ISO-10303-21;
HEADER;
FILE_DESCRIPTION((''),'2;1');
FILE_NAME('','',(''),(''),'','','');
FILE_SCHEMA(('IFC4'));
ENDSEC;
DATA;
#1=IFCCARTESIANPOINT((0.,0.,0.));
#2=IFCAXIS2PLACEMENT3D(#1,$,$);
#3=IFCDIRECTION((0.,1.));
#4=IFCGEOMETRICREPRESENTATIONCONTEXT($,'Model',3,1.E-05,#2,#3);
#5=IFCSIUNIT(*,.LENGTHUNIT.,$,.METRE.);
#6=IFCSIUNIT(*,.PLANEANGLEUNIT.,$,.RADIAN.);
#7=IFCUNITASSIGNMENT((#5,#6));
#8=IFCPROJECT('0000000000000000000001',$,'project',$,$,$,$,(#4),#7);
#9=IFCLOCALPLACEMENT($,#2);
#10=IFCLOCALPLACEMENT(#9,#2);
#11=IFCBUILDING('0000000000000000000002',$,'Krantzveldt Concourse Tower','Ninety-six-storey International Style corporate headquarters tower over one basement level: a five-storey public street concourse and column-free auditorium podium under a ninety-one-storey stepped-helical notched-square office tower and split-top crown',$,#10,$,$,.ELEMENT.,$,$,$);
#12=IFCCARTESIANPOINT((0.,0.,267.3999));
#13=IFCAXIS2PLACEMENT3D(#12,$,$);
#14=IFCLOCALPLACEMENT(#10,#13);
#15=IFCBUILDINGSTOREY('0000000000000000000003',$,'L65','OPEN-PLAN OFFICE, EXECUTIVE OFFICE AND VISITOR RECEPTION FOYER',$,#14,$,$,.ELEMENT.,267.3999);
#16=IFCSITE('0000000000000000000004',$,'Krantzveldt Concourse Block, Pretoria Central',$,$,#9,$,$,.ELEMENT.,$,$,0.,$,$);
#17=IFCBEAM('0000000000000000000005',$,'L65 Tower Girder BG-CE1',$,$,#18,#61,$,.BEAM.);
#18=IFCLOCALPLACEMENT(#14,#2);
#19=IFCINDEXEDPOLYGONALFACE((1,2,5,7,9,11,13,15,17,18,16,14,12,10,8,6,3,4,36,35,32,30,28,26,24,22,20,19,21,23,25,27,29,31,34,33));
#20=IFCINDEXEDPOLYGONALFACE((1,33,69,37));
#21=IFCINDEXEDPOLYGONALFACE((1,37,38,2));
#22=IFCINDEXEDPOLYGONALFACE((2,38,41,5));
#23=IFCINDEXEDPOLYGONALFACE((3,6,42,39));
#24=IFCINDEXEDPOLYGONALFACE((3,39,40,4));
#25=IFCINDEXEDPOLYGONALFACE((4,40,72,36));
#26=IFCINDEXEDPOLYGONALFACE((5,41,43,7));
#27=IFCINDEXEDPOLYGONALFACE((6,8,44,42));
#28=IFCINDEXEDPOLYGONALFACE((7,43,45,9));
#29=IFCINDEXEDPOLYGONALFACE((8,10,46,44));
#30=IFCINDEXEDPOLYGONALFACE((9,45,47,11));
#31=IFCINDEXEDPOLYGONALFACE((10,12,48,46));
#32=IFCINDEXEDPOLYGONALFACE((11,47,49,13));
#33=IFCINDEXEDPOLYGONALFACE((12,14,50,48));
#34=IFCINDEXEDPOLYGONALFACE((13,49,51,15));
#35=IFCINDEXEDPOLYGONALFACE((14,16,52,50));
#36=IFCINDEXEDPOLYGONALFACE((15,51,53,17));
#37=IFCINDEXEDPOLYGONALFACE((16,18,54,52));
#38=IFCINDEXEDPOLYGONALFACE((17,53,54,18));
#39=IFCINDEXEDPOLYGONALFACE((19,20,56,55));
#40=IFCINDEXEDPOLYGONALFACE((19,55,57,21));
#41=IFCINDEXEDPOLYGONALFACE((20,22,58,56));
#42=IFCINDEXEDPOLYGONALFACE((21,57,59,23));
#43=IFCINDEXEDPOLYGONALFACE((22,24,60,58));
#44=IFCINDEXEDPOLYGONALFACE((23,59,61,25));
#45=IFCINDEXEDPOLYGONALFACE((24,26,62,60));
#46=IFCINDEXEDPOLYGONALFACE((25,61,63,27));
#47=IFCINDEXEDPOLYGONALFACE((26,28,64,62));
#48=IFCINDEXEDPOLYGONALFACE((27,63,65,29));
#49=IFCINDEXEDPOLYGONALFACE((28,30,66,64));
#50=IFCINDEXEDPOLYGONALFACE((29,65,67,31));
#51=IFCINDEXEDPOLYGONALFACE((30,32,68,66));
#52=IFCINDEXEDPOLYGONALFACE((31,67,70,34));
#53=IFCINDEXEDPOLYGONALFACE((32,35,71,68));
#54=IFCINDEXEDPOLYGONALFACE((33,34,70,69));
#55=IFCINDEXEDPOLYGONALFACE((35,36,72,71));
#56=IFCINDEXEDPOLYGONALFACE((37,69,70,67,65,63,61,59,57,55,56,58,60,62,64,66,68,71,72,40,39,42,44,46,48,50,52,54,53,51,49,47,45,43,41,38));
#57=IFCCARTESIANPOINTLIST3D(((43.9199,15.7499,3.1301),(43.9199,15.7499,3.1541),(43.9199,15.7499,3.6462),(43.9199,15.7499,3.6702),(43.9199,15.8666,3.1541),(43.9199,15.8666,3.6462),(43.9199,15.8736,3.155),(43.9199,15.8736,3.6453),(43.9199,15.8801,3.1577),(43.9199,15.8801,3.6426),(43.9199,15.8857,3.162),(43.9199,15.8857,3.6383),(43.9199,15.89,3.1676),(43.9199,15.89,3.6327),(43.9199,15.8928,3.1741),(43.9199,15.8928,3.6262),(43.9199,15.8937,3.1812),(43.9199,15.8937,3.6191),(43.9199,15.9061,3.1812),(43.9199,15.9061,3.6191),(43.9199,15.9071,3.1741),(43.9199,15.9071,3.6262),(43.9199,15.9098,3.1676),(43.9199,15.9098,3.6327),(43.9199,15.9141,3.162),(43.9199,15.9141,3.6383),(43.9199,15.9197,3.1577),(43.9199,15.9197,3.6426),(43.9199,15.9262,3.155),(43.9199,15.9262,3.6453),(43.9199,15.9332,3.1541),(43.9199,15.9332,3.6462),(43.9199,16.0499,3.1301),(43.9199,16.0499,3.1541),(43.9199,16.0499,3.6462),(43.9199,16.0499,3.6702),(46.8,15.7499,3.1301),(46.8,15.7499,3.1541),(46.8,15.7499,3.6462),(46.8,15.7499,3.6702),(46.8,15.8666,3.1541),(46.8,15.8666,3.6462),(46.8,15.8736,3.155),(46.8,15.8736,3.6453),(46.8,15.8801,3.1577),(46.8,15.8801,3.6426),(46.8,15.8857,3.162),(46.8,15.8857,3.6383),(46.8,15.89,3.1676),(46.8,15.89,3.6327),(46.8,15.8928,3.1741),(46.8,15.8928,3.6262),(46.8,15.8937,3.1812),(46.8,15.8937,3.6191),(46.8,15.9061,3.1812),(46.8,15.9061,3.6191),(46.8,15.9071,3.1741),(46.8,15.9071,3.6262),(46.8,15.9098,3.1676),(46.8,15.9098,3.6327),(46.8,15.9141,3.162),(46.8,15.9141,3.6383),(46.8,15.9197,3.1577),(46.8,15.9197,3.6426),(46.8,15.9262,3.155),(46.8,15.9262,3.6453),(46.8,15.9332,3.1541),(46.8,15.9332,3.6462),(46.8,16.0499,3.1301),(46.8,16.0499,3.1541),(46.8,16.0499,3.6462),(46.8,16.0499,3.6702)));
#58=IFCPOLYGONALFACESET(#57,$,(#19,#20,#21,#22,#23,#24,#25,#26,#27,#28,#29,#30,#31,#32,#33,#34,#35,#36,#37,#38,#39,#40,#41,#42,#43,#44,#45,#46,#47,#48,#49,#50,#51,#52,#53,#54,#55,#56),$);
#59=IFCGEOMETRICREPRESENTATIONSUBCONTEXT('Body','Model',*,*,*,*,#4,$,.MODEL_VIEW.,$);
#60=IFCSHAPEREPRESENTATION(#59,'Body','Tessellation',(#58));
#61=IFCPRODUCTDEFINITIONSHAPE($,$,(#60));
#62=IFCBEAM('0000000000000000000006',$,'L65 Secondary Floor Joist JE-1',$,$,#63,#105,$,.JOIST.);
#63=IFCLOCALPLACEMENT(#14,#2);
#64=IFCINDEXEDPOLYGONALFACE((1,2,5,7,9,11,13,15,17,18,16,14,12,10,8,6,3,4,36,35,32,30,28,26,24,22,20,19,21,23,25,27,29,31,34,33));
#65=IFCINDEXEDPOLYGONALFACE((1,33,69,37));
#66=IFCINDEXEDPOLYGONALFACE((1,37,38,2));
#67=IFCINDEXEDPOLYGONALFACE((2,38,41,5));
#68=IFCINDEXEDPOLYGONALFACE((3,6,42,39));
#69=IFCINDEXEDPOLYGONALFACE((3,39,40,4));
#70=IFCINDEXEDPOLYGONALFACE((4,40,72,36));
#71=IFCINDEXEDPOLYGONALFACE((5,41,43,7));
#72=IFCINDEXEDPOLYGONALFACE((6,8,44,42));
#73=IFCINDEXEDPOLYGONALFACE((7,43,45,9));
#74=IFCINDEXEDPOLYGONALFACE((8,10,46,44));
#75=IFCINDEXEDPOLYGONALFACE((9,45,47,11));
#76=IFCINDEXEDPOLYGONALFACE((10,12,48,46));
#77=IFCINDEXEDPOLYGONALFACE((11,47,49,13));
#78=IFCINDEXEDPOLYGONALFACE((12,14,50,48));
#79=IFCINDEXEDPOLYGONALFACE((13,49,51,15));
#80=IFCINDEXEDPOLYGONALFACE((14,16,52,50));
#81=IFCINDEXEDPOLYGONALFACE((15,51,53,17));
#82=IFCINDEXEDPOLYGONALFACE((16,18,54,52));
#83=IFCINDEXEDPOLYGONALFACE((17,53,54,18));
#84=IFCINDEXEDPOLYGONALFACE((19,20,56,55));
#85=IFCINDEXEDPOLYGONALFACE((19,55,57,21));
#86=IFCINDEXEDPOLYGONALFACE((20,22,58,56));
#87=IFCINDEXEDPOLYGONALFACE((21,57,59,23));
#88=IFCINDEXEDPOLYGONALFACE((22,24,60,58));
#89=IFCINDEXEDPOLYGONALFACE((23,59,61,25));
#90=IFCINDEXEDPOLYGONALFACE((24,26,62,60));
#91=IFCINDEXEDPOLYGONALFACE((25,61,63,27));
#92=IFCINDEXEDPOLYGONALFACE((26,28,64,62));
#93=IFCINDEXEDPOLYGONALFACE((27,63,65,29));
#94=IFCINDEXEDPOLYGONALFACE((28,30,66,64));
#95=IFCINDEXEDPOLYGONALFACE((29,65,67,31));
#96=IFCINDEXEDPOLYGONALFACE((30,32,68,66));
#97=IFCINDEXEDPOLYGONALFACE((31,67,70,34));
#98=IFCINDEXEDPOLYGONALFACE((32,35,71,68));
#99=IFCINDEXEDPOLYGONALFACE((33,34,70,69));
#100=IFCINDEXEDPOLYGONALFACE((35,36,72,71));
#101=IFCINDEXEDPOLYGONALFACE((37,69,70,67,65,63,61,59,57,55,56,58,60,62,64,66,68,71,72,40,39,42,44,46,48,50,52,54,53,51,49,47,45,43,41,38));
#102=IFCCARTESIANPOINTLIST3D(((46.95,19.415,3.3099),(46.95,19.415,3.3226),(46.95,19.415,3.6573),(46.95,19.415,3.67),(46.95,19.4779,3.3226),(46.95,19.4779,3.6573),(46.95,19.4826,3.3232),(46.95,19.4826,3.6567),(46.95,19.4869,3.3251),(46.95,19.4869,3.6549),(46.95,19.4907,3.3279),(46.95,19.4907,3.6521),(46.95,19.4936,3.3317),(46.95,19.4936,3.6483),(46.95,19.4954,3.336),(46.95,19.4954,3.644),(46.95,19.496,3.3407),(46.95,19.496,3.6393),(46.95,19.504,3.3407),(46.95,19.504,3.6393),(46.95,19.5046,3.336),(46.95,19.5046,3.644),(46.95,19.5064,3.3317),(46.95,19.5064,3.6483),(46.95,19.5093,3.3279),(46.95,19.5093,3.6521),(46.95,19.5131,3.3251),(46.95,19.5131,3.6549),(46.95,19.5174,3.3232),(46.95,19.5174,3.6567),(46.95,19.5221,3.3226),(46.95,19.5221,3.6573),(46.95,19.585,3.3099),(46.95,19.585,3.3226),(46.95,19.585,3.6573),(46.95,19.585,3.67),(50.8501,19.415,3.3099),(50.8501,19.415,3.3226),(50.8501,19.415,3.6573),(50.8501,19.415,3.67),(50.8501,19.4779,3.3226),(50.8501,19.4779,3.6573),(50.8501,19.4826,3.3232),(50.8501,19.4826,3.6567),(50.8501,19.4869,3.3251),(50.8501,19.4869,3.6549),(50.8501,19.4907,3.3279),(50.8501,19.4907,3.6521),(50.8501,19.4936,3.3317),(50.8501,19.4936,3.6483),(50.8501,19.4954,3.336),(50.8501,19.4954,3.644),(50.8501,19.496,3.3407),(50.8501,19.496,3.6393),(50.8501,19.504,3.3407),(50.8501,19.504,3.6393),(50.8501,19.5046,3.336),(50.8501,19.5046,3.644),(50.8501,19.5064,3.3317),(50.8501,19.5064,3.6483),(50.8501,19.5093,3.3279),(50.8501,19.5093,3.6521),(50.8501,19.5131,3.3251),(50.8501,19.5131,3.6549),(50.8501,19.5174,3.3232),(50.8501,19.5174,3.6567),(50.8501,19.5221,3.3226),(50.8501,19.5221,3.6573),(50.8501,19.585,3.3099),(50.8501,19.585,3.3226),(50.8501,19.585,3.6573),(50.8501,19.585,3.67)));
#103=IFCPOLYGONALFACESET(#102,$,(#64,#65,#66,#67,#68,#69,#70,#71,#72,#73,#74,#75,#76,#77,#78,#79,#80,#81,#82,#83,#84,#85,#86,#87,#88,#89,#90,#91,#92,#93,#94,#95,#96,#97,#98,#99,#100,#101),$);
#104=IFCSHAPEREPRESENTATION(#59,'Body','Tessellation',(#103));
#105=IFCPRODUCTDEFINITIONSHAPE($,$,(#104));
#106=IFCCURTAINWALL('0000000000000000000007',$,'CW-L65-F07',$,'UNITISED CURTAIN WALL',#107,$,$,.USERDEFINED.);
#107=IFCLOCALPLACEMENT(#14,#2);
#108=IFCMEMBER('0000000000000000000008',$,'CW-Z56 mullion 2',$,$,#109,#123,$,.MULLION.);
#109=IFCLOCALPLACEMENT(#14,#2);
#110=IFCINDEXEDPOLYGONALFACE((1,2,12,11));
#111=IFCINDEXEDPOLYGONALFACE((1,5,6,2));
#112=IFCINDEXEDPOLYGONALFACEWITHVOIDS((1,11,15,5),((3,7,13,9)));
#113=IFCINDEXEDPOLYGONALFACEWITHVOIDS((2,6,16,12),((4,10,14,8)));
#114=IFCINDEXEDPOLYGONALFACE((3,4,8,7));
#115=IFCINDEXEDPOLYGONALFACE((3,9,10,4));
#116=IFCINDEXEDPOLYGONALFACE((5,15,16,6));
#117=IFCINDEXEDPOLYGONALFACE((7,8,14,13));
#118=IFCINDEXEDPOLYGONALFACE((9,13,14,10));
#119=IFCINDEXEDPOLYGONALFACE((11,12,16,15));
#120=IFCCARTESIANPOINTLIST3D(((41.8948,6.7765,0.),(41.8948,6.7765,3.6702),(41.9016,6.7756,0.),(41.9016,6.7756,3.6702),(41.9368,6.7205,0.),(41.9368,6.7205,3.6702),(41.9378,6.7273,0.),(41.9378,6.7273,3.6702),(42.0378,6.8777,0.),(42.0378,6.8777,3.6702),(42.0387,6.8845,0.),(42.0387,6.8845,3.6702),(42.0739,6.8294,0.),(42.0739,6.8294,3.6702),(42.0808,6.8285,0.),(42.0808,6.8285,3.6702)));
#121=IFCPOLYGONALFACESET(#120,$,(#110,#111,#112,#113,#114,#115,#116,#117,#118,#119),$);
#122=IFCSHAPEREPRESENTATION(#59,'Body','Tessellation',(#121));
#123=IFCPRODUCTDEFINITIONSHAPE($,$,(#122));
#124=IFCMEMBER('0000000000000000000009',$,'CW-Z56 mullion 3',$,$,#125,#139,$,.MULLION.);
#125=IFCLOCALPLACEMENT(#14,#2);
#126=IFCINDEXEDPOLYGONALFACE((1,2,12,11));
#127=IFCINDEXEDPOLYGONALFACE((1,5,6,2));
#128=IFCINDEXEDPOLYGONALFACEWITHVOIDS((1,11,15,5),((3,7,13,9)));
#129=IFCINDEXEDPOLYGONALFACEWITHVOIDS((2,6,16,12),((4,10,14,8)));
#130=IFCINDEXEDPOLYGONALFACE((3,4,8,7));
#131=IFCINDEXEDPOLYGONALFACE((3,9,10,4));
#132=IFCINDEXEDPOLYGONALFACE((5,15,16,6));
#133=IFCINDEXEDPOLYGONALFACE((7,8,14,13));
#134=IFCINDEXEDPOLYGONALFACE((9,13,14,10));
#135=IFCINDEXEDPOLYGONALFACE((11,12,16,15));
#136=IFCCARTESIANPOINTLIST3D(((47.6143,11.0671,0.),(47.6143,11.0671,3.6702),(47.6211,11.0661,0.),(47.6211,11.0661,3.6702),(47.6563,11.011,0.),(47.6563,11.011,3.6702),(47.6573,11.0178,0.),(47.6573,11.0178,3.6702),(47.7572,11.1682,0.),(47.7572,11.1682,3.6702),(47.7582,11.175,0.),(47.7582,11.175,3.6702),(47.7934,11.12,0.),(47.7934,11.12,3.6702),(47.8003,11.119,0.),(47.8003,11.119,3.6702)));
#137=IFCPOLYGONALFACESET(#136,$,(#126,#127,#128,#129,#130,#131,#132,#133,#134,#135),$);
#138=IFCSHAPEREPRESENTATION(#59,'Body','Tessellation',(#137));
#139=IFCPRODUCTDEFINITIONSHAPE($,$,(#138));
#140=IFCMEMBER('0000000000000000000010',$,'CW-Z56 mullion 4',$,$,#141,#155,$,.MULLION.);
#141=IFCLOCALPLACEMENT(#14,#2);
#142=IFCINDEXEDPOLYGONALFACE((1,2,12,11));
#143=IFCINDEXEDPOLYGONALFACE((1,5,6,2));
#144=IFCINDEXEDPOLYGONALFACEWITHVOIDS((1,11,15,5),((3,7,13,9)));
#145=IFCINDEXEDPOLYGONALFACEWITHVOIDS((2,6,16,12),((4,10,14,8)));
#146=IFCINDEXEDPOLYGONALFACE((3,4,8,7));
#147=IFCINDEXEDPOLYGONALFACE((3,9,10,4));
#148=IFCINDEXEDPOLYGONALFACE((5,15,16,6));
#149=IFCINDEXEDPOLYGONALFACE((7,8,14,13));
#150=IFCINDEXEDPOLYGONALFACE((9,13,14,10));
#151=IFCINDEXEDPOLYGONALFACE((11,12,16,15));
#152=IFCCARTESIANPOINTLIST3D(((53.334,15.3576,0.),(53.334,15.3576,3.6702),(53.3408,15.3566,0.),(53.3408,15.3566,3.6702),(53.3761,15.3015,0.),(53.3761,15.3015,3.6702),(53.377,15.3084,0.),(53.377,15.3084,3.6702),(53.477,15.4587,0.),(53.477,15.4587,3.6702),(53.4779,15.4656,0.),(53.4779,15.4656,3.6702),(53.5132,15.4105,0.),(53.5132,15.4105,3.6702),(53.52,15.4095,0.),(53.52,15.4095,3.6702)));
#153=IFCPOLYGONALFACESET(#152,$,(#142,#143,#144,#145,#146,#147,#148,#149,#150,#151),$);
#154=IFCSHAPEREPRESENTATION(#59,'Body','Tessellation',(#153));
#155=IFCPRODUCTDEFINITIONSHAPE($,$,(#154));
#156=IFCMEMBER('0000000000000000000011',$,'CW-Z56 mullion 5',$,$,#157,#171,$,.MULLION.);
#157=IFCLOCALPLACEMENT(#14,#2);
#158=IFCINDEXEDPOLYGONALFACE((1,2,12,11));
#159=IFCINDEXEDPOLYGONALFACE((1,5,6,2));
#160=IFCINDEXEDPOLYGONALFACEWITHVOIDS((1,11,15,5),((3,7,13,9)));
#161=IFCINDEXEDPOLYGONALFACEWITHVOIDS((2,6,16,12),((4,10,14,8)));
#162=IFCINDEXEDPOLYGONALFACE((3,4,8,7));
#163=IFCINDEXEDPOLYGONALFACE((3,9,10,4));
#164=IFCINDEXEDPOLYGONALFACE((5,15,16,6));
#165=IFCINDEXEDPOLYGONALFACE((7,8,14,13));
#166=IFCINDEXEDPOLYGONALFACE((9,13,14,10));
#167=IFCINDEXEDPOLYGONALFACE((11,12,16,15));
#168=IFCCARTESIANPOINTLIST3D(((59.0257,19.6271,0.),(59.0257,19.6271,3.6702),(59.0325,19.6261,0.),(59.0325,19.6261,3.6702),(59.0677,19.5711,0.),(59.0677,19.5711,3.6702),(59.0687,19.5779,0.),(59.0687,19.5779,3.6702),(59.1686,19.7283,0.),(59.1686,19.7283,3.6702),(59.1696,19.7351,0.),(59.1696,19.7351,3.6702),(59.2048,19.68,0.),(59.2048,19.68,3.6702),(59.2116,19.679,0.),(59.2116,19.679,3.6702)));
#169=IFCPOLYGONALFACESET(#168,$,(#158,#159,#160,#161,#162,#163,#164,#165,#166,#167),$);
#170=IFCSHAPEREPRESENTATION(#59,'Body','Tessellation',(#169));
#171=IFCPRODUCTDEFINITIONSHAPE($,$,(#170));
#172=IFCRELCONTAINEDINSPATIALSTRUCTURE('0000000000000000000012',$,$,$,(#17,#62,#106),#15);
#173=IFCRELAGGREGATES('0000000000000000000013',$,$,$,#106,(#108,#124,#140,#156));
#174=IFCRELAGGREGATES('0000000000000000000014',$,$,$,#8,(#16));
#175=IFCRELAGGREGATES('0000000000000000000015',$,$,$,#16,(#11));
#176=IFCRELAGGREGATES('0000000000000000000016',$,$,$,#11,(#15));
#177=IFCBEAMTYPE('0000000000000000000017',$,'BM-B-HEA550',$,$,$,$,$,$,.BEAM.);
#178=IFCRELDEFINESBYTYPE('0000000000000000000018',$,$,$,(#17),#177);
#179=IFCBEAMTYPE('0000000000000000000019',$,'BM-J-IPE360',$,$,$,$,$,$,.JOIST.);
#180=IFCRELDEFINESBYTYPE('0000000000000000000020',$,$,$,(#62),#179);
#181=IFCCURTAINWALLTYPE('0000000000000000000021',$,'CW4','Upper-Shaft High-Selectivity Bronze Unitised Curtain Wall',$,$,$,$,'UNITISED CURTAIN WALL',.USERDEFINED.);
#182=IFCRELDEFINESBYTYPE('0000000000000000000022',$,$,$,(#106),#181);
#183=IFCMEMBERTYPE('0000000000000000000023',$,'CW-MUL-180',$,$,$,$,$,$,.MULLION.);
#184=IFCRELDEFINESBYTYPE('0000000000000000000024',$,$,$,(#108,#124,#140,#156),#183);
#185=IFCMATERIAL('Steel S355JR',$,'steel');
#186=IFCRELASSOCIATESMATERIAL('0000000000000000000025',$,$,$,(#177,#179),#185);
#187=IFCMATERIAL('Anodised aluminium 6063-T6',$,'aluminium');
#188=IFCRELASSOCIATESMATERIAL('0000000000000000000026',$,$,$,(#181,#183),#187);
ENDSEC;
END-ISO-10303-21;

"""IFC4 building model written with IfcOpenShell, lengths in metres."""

from ifc_helpers import new_model, si_unit, direction, frame, origin, origin_2d, place, context, subcontext, project, spatial, hollow_rectangle, i_section, extrude, source, transform, mapped, material, material_profile, profile_set, type_object, type_shapes, element, aggregate, save


model = new_model("IFC4")

# Units and contexts
model_context = context("Model", 3, precision=1e-05, world=origin(), true_north=direction((0.0, 1.0)))
body_context = subcontext(model_context, "Body", "Model", "MODEL_VIEW")
ifc_project = project(units=[si_unit("LENGTHUNIT", "METRE"), si_unit("PLANEANGLEUNIT", "RADIAN")], contexts=[model_context])

# Site, building, storey
site_placement = place(None, origin())
site = spatial("IfcSite", under=ifc_project, at=site_placement, Name="Krantzveldt Concourse Block, Pretoria Central", CompositionType="ELEMENT", RefElevation=0.0)
building_placement = place(site_placement, origin())
building = spatial("IfcBuilding", under=site, at=building_placement, Name="Krantzveldt Concourse Tower", Description="Ninety-six-storey International Style corporate headquarters tower over one basement level: a five-storey public street concourse and column-free auditorium podium under a ninety-one-storey stepped-helical notched-square office tower and split-top crown", CompositionType="ELEMENT")
storey_placement = place(building_placement, frame((0.0, 0.0, 267.3999)))
storey = spatial("IfcBuildingStorey", under=building, at=storey_placement, Name="L65", Description="OPEN-PLAN OFFICE, EXECUTIVE OFFICE AND VISITOR RECEPTION FOYER", CompositionType="ELEMENT", Elevation=267.3999)

# Beams
ifc_material_1 = material(Name="Steel S355JR", Category="steel")
ifc_material_profile_1 = material_profile(ifc_material_1, i_section(OverallWidth=0.3, OverallDepth=0.54, WebThickness=0.0125, FlangeThickness=0.0239, FilletRadius=0.0271, at=origin_2d()), Name="Steel S355JR", Category="steel")
ifc_profile_set_1 = profile_set([ifc_material_profile_1], Name="Steel S355JR - HEA 550")
beam_type_1 = type_object("IfcBeamType", Name="BM-B-HEA550", PredefinedType="BEAM", material=ifc_profile_set_1)
shared_shape_1 = source(origin(), body_context, "Body", "SweptSolid", [
    extrude(i_section(OverallWidth=0.3, OverallDepth=0.54, WebThickness=0.0125, FlangeThickness=0.0239, FilletRadius=0.0271, at=origin_2d()), origin(), (0.0, 0.0, 1.0), 2.8801),
])
beam_1_placement = place(storey_placement, frame((43.9199, 15.8999, 3.4001), z_axis=(1.0, 0.0, 0.0), x_axis=(0.0, 1.0, 0.0)))
element("IfcBeam", 1, at=beam_1_placement, inside=storey, type_object=beam_type_1, Name="L65 Tower Girder BG-CE1", PredefinedType="BEAM", context=body_context, shape_type="MappedRepresentation", body=[
    mapped(shared_shape_1, transform((0.0, 0.0, 0.0), x_axis=(1.0, 0.0, 0.0), y_axis=(0.0, 1.0, 0.0), z_axis=(0.0, 0.0, 1.0), scale=1.0)),
])
ifc_material_profile_2 = material_profile(ifc_material_1, i_section(OverallWidth=0.1699, OverallDepth=0.3601, WebThickness=0.0081, FlangeThickness=0.0127, FilletRadius=0.0181, at=origin_2d()), Name="Steel S355JR", Category="steel")
ifc_profile_set_2 = profile_set([ifc_material_profile_2], Name="Steel S355JR - IPE 360")
beam_type_2 = type_object("IfcBeamType", Name="BM-J-IPE360", PredefinedType="JOIST", material=ifc_profile_set_2)
shared_shape_2 = source(origin(), body_context, "Body", "SweptSolid", [
    extrude(i_section(OverallWidth=0.1699, OverallDepth=0.3601, WebThickness=0.0081, FlangeThickness=0.0127, FilletRadius=0.0181, at=origin_2d()), origin(), (0.0, 0.0, 1.0), 3.9001),
])
type_shapes(beam_type_2, [shared_shape_2])
beam_2_placement = place(storey_placement, frame((46.95, 19.5, 3.49), z_axis=(1.0, 0.0, 0.0), x_axis=(0.0, 1.0, 0.0)))
element("IfcBeam", 2, at=beam_2_placement, inside=storey, type_object=beam_type_2, Name="L65 Secondary Floor Joist JE-1", PredefinedType="JOIST", context=body_context, shape_type="MappedRepresentation", body=[
    mapped(shared_shape_2, transform((0.0, 0.0, 0.0), x_axis=(1.0, 0.0, 0.0), y_axis=(0.0, 1.0, 0.0), z_axis=(0.0, 0.0, 1.0), scale=1.0)),
])

# Curtain wall, members
ifc_material_2 = material(Name="Anodised aluminium 6063-T6", Category="aluminium")
curtain_wall_type = type_object("IfcCurtainWallType", Name="CW4", Description="Upper-Shaft High-Selectivity Bronze Unitised Curtain Wall", ElementType="UNITISED CURTAIN WALL", PredefinedType="USERDEFINED", material=ifc_material_2)
curtain_wall_placement = place(storey_placement, origin())
curtain_wall = element("IfcCurtainWall", 3, at=curtain_wall_placement, inside=storey, type_object=curtain_wall_type, Name="CW-L65-F07", ObjectType="UNITISED CURTAIN WALL", PredefinedType="USERDEFINED")
ifc_material_profile_3 = material_profile(ifc_material_2, hollow_rectangle(XDim=0.0701, YDim=0.1799, WallThickness=0.0049, at=origin_2d()), Name="Anodised aluminium 6063-T6", Category="aluminium")
ifc_profile_set_3 = profile_set([ifc_material_profile_3], Name="Anodised aluminium 6063-T6 - ALU-MULL 180x70x5")
member_type_1 = type_object("IfcMemberType", Name="CW-MUL-180", PredefinedType="MULLION", material=ifc_profile_set_3)
shared_shape_3 = source(origin(), body_context, "Body", "SweptSolid", [
    extrude(hollow_rectangle(XDim=0.0701, YDim=0.1799, WallThickness=0.0049, at=origin_2d()), origin(), (0.0, 0.0, 1.0), 3.6702),
])
type_shapes(member_type_1, [shared_shape_3])
member_1_placement = place(storey_placement, frame((41.9878, 6.8025, 0.0), z_axis=(0.0, 0.0, 1.0), x_axis=(-0.600071, 0.799947, 0.0)))
member_1 = element("IfcMember", 4, at=member_1_placement, type_object=member_type_1, Name="CW-Z56 mullion 2", PredefinedType="MULLION", context=body_context, shape_type="MappedRepresentation", body=[
    mapped(shared_shape_3, transform((0.0, 0.0, 0.0), x_axis=(1.0, 0.0, 0.0), y_axis=(0.0, 1.0, 0.0), z_axis=(0.0, 0.0, 1.0), scale=1.0)),
])
member_2_placement = place(storey_placement, frame((47.7073, 11.093, 0.0), z_axis=(0.0, 0.0, 1.0), x_axis=(-0.600071, 0.799947, 0.0)))
member_2 = element("IfcMember", 5, at=member_2_placement, type_object=member_type_1, Name="CW-Z56 mullion 3", PredefinedType="MULLION", context=body_context, shape_type="MappedRepresentation", body=[
    mapped(shared_shape_3, transform((0.0, 0.0, 0.0), x_axis=(1.0, 0.0, 0.0), y_axis=(0.0, 1.0, 0.0), z_axis=(0.0, 0.0, 1.0), scale=1.0)),
])
member_3_placement = place(storey_placement, frame((53.427, 15.3835, 0.0), z_axis=(0.0, 0.0, 1.0), x_axis=(-0.600071, 0.799947, 0.0)))
member_3 = element("IfcMember", 6, at=member_3_placement, type_object=member_type_1, Name="CW-Z56 mullion 4", PredefinedType="MULLION", context=body_context, shape_type="MappedRepresentation", body=[
    mapped(shared_shape_3, transform((0.0, 0.0, 0.0), x_axis=(1.0, 0.0, 0.0), y_axis=(0.0, 1.0, 0.0), z_axis=(0.0, 0.0, 1.0), scale=1.0)),
])
member_4_placement = place(storey_placement, frame((59.1187, 19.6531, 0.0), z_axis=(0.0, 0.0, 1.0), x_axis=(-0.600071, 0.799947, 0.0)))
member_4 = element("IfcMember", 7, at=member_4_placement, type_object=member_type_1, Name="CW-Z56 mullion 5", PredefinedType="MULLION", context=body_context, shape_type="MappedRepresentation", body=[
    mapped(shared_shape_3, transform((0.0, 0.0, 0.0), x_axis=(1.0, 0.0, 0.0), y_axis=(0.0, 1.0, 0.0), z_axis=(0.0, 0.0, 1.0), scale=1.0)),
])
aggregate(curtain_wall, [member_1, member_2, member_3, member_4])

save(model, "model.ifc")
